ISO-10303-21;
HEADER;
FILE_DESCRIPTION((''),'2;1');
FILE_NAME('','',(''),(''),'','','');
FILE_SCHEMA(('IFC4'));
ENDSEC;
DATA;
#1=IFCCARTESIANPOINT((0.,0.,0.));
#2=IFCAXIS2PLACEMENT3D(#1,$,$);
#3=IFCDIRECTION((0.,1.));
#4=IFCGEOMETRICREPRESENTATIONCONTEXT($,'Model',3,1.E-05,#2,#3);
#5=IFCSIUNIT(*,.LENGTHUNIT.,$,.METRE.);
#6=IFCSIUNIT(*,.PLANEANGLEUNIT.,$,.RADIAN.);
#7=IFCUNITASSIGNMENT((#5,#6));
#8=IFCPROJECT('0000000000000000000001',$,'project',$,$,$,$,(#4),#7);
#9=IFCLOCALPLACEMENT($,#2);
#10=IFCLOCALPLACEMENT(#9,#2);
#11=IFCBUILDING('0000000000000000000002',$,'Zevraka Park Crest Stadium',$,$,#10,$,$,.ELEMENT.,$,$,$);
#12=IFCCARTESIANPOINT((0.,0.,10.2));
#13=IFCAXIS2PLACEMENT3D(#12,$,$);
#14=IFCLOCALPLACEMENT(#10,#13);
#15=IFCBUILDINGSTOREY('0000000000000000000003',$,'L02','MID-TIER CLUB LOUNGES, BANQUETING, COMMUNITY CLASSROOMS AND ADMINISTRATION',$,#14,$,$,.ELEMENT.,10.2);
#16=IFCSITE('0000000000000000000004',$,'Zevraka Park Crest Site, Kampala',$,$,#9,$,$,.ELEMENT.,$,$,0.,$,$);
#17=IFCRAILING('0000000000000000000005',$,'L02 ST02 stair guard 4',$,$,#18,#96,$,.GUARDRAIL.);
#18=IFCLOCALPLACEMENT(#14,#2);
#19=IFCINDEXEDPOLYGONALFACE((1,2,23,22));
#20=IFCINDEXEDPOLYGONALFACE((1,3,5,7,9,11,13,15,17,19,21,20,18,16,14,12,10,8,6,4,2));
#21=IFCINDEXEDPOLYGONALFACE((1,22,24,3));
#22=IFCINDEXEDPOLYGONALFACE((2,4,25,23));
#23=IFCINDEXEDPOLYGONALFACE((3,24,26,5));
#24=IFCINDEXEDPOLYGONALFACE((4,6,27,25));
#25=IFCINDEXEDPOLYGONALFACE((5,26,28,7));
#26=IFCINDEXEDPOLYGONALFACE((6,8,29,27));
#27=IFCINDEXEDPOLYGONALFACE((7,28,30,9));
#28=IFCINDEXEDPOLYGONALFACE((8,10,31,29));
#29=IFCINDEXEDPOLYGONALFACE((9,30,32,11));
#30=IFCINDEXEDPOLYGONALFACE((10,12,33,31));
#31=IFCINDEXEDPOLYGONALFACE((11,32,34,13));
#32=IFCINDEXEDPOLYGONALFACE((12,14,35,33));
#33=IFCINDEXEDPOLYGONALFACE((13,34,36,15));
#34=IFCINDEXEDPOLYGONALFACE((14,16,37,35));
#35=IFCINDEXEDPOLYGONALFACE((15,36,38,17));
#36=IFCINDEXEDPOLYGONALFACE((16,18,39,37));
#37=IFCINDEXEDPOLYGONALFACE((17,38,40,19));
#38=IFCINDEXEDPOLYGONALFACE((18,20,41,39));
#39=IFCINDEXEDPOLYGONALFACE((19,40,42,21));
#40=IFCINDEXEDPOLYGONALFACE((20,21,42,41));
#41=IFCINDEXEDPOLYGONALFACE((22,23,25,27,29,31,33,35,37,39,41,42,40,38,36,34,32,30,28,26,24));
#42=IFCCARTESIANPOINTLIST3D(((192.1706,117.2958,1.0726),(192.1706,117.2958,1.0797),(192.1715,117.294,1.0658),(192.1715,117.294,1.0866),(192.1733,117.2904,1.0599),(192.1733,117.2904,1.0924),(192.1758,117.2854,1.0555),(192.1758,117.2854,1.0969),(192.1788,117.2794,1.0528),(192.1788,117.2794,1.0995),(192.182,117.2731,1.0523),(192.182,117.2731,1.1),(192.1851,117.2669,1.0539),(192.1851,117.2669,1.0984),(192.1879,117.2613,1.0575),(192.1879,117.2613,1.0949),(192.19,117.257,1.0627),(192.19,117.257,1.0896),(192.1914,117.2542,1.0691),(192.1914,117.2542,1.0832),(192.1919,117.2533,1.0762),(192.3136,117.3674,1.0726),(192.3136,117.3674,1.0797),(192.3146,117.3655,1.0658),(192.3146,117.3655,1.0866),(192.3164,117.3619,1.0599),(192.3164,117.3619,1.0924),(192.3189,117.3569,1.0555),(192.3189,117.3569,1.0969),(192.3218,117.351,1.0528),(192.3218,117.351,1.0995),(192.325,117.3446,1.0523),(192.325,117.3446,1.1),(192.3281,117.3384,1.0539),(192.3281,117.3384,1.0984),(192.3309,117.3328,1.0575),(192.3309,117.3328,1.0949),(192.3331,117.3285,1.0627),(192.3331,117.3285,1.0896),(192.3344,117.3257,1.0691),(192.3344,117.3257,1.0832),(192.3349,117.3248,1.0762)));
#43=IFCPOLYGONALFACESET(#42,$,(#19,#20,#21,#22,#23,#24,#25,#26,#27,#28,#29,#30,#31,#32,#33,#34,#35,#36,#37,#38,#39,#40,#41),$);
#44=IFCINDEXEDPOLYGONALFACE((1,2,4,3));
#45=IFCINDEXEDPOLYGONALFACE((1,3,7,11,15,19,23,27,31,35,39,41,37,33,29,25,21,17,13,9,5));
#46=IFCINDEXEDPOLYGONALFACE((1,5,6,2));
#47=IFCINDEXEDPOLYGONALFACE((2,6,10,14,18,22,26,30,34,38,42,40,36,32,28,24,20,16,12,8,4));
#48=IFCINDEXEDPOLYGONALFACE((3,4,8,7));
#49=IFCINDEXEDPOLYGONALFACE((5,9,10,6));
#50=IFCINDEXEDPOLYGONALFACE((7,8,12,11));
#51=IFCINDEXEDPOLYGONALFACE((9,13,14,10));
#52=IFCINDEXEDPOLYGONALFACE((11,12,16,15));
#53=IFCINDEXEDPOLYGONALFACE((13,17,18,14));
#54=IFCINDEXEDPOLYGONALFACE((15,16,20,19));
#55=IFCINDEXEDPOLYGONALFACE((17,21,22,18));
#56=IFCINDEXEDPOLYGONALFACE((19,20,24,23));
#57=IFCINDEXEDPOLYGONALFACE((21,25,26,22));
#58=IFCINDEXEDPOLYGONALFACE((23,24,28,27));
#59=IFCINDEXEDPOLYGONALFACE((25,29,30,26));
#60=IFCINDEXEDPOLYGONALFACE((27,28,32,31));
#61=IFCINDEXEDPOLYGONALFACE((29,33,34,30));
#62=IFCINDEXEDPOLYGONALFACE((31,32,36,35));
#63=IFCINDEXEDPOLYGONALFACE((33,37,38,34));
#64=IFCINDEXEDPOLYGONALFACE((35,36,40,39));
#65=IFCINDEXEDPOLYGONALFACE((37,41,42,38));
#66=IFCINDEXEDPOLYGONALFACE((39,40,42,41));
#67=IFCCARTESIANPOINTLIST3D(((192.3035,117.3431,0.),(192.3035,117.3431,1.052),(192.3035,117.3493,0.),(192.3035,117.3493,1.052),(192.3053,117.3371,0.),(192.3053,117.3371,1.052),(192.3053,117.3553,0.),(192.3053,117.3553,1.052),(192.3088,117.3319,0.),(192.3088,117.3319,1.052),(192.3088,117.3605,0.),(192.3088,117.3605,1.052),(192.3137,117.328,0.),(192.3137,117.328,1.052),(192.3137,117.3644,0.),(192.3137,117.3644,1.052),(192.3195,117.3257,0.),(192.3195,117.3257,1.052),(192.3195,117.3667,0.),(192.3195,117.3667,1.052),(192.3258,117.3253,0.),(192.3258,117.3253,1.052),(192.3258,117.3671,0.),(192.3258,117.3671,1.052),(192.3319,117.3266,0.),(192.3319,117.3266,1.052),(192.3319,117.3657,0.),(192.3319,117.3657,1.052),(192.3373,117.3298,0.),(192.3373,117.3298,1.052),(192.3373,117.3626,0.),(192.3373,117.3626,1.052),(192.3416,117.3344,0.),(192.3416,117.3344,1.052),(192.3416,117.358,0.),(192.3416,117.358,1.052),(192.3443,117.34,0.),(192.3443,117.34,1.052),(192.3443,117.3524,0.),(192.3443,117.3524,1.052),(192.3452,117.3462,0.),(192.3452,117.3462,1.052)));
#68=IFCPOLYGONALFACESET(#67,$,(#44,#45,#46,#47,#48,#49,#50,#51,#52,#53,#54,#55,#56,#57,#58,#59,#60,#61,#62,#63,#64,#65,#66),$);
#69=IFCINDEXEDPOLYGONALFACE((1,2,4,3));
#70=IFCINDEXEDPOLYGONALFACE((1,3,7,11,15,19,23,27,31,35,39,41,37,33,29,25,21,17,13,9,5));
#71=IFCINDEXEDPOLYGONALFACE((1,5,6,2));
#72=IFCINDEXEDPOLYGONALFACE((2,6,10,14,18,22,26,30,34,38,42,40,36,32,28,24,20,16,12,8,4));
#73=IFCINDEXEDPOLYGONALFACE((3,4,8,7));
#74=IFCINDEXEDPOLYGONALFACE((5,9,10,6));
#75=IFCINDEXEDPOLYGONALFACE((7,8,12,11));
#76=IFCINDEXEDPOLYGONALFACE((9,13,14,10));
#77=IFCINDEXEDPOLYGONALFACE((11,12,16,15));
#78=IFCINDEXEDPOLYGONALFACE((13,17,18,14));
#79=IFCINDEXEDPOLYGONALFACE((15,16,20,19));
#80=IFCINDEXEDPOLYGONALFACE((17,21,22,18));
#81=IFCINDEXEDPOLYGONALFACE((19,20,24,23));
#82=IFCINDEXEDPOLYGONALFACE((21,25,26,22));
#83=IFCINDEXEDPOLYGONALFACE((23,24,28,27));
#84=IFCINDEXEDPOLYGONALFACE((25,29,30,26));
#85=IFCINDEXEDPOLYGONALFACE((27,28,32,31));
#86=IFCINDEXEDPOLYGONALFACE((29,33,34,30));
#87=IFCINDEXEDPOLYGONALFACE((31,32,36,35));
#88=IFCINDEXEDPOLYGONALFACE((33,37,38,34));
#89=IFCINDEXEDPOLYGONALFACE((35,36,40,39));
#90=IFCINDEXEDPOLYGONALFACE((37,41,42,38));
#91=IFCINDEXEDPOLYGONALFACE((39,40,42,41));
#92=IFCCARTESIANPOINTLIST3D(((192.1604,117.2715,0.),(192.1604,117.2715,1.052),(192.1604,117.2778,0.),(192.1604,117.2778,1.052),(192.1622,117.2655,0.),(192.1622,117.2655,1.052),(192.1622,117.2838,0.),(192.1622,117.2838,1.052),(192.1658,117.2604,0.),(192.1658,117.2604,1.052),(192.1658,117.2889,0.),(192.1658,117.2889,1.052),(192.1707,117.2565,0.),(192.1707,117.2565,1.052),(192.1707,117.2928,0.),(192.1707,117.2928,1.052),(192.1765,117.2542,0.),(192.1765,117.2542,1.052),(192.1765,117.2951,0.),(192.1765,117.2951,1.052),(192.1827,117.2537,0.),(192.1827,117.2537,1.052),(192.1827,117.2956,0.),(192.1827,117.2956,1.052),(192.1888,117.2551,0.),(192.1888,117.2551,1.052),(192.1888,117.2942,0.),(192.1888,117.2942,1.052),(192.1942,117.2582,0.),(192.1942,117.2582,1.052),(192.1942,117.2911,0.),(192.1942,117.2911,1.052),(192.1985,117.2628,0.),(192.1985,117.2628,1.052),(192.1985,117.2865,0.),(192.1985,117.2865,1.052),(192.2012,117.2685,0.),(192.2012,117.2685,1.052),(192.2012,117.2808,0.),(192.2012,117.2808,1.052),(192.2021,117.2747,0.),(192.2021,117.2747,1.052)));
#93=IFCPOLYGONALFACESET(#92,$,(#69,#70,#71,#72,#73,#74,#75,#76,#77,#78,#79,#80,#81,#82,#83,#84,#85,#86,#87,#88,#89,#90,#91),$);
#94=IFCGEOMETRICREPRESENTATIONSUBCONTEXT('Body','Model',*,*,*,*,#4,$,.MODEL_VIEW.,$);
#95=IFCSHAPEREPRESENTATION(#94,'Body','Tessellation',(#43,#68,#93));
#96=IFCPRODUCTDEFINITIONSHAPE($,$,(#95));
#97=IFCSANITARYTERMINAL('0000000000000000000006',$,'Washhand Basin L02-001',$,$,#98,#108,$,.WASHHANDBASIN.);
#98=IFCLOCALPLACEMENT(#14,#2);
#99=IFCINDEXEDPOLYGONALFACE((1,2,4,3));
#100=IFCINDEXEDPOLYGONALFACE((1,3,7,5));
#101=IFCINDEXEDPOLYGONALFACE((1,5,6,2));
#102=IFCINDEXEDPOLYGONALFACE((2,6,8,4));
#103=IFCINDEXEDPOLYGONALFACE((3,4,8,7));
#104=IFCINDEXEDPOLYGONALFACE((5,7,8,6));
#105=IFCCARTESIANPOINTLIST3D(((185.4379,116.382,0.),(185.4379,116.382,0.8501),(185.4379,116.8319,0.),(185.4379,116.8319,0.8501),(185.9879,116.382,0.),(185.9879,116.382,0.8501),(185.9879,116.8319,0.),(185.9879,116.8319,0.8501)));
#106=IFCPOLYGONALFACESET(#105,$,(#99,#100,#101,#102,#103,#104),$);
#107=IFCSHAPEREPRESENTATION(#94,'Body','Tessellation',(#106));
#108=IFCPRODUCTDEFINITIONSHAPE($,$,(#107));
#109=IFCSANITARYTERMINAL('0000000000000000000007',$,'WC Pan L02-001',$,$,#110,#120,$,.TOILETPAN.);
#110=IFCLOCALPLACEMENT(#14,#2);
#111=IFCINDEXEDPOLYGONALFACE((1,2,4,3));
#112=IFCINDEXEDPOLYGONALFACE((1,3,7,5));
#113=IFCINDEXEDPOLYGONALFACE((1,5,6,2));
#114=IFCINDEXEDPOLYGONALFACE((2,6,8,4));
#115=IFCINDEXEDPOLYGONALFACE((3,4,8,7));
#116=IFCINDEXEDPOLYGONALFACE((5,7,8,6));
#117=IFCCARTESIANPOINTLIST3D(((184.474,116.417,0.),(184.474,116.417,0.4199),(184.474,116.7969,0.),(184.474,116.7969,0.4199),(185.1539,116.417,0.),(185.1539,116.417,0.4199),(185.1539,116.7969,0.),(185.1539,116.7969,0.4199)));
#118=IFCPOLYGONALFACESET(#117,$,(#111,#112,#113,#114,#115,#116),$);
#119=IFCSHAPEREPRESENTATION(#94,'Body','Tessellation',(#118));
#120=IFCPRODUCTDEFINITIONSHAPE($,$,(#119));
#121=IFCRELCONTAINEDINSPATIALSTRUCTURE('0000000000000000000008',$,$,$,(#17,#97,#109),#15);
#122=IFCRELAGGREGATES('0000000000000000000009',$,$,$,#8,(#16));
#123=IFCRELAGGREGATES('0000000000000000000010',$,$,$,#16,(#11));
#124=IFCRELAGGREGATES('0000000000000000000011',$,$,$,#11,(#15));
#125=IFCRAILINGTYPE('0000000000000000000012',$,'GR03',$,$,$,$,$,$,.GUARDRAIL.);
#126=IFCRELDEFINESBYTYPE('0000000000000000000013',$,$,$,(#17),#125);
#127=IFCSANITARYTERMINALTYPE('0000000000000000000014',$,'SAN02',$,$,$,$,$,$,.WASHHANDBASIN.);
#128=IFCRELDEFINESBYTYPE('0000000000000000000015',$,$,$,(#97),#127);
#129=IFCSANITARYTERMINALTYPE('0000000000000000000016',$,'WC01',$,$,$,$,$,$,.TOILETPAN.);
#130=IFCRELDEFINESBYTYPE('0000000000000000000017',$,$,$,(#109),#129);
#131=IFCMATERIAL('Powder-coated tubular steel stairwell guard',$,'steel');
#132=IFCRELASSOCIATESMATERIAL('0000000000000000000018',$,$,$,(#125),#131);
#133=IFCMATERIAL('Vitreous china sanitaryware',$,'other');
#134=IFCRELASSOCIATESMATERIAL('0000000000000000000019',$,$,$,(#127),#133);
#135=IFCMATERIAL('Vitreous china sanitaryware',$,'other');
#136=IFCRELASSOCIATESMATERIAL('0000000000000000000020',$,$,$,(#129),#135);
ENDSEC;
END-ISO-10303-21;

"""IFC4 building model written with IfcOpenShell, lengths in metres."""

from ifc_helpers import new_model, si_unit, direction, frame, origin, origin_2d, place, context, subcontext, project, spatial, rectangle, circle, extrude, material, type_object, element, save


model = new_model("IFC4")

# Units and contexts
model_context = context("Model", 3, precision=1e-05, world=origin(), true_north=direction((0.0, 1.0)))
body_context = subcontext(model_context, "Body", "Model", "MODEL_VIEW")
ifc_project = project(units=[si_unit("LENGTHUNIT", "METRE"), si_unit("PLANEANGLEUNIT", "RADIAN")], contexts=[model_context])

# Site, building, storey
site_placement = place(None, origin())
site = spatial("IfcSite", under=ifc_project, at=site_placement, Name="Zevraka Park Crest Site, Kampala", CompositionType="ELEMENT", RefElevation=0.0)
building_placement = place(site_placement, origin())
building = spatial("IfcBuilding", under=site, at=building_placement, Name="Zevraka Park Crest Stadium", CompositionType="ELEMENT")
storey_placement = place(building_placement, frame((0.0, 0.0, 10.2)))
storey = spatial("IfcBuildingStorey", under=building, at=storey_placement, Name="L02", Description="MID-TIER CLUB LOUNGES, BANQUETING, COMMUNITY CLASSROOMS AND ADMINISTRATION", CompositionType="ELEMENT", Elevation=10.2)

# Railing
ifc_material_1 = material(Name="Powder-coated tubular steel stairwell guard", Category="steel")
railing_type = type_object("IfcRailingType", Name="GR03", PredefinedType="GUARDRAIL", material=ifc_material_1)
railing_placement = place(storey_placement, frame((192.3242, 117.3462, 0.0)))
element("IfcRailing", 1, at=railing_placement, inside=storey, type_object=railing_type, Name="L02 ST02 stair guard 4", PredefinedType="GUARDRAIL", context=body_context, shape_type="SweptSolid", body=[
    extrude(circle(Radius=0.0239, at=origin_2d()), frame((0.0, 0.0, 1.0762), z_axis=(-0.894427, -0.447214, 0.0), x_axis=(0.447214, -0.894427, 0.0)), (0.0, 0.0, 1.0), 0.1599),
    extrude(circle(Radius=0.021, at=origin_2d()), origin(), (0.0, 0.0, 1.0), 1.052),
    extrude(circle(Radius=0.021, at=origin_2d()), frame((-0.1431, -0.0715, 0.0)), (0.0, 0.0, 1.0), 1.052),
])

# Sanitary terminals
ifc_material_2 = material(Name="Vitreous china sanitaryware", Category="other")
sanitary_terminal_type_1 = type_object("IfcSanitaryTerminalType", Name="SAN02", PredefinedType="WASHHANDBASIN", material=ifc_material_2)
sanitary_terminal_1_placement = place(storey_placement, frame((185.7129, 116.6069, 0.0), z_axis=(0.0, 0.0, 1.0), x_axis=(1.0, 0.0, 0.0)))
element("IfcSanitaryTerminal", 2, at=sanitary_terminal_1_placement, inside=storey, type_object=sanitary_terminal_type_1, Name="Washhand Basin L02-001", PredefinedType="WASHHANDBASIN", context=body_context, shape_type="SweptSolid", body=[
    extrude(rectangle(XDim=0.55, YDim=0.45, at=origin_2d()), origin(), (0.0, 0.0, 1.0), 0.8501),
])
ifc_material_3 = material(Name="Vitreous china sanitaryware", Category="other")
sanitary_terminal_type_2 = type_object("IfcSanitaryTerminalType", Name="WC01", PredefinedType="TOILETPAN", material=ifc_material_3)
sanitary_terminal_2_placement = place(storey_placement, frame((184.814, 116.6069, 0.0), z_axis=(0.0, 0.0, 1.0), x_axis=(1.0, 0.0, 0.0)))
element("IfcSanitaryTerminal", 3, at=sanitary_terminal_2_placement, inside=storey, type_object=sanitary_terminal_type_2, Name="WC Pan L02-001", PredefinedType="TOILETPAN", context=body_context, shape_type="SweptSolid", body=[
    extrude(rectangle(XDim=0.6799, YDim=0.3799, at=origin_2d()), origin(), (0.0, 0.0, 1.0), 0.4199),
])

save(model, "model.ifc")
